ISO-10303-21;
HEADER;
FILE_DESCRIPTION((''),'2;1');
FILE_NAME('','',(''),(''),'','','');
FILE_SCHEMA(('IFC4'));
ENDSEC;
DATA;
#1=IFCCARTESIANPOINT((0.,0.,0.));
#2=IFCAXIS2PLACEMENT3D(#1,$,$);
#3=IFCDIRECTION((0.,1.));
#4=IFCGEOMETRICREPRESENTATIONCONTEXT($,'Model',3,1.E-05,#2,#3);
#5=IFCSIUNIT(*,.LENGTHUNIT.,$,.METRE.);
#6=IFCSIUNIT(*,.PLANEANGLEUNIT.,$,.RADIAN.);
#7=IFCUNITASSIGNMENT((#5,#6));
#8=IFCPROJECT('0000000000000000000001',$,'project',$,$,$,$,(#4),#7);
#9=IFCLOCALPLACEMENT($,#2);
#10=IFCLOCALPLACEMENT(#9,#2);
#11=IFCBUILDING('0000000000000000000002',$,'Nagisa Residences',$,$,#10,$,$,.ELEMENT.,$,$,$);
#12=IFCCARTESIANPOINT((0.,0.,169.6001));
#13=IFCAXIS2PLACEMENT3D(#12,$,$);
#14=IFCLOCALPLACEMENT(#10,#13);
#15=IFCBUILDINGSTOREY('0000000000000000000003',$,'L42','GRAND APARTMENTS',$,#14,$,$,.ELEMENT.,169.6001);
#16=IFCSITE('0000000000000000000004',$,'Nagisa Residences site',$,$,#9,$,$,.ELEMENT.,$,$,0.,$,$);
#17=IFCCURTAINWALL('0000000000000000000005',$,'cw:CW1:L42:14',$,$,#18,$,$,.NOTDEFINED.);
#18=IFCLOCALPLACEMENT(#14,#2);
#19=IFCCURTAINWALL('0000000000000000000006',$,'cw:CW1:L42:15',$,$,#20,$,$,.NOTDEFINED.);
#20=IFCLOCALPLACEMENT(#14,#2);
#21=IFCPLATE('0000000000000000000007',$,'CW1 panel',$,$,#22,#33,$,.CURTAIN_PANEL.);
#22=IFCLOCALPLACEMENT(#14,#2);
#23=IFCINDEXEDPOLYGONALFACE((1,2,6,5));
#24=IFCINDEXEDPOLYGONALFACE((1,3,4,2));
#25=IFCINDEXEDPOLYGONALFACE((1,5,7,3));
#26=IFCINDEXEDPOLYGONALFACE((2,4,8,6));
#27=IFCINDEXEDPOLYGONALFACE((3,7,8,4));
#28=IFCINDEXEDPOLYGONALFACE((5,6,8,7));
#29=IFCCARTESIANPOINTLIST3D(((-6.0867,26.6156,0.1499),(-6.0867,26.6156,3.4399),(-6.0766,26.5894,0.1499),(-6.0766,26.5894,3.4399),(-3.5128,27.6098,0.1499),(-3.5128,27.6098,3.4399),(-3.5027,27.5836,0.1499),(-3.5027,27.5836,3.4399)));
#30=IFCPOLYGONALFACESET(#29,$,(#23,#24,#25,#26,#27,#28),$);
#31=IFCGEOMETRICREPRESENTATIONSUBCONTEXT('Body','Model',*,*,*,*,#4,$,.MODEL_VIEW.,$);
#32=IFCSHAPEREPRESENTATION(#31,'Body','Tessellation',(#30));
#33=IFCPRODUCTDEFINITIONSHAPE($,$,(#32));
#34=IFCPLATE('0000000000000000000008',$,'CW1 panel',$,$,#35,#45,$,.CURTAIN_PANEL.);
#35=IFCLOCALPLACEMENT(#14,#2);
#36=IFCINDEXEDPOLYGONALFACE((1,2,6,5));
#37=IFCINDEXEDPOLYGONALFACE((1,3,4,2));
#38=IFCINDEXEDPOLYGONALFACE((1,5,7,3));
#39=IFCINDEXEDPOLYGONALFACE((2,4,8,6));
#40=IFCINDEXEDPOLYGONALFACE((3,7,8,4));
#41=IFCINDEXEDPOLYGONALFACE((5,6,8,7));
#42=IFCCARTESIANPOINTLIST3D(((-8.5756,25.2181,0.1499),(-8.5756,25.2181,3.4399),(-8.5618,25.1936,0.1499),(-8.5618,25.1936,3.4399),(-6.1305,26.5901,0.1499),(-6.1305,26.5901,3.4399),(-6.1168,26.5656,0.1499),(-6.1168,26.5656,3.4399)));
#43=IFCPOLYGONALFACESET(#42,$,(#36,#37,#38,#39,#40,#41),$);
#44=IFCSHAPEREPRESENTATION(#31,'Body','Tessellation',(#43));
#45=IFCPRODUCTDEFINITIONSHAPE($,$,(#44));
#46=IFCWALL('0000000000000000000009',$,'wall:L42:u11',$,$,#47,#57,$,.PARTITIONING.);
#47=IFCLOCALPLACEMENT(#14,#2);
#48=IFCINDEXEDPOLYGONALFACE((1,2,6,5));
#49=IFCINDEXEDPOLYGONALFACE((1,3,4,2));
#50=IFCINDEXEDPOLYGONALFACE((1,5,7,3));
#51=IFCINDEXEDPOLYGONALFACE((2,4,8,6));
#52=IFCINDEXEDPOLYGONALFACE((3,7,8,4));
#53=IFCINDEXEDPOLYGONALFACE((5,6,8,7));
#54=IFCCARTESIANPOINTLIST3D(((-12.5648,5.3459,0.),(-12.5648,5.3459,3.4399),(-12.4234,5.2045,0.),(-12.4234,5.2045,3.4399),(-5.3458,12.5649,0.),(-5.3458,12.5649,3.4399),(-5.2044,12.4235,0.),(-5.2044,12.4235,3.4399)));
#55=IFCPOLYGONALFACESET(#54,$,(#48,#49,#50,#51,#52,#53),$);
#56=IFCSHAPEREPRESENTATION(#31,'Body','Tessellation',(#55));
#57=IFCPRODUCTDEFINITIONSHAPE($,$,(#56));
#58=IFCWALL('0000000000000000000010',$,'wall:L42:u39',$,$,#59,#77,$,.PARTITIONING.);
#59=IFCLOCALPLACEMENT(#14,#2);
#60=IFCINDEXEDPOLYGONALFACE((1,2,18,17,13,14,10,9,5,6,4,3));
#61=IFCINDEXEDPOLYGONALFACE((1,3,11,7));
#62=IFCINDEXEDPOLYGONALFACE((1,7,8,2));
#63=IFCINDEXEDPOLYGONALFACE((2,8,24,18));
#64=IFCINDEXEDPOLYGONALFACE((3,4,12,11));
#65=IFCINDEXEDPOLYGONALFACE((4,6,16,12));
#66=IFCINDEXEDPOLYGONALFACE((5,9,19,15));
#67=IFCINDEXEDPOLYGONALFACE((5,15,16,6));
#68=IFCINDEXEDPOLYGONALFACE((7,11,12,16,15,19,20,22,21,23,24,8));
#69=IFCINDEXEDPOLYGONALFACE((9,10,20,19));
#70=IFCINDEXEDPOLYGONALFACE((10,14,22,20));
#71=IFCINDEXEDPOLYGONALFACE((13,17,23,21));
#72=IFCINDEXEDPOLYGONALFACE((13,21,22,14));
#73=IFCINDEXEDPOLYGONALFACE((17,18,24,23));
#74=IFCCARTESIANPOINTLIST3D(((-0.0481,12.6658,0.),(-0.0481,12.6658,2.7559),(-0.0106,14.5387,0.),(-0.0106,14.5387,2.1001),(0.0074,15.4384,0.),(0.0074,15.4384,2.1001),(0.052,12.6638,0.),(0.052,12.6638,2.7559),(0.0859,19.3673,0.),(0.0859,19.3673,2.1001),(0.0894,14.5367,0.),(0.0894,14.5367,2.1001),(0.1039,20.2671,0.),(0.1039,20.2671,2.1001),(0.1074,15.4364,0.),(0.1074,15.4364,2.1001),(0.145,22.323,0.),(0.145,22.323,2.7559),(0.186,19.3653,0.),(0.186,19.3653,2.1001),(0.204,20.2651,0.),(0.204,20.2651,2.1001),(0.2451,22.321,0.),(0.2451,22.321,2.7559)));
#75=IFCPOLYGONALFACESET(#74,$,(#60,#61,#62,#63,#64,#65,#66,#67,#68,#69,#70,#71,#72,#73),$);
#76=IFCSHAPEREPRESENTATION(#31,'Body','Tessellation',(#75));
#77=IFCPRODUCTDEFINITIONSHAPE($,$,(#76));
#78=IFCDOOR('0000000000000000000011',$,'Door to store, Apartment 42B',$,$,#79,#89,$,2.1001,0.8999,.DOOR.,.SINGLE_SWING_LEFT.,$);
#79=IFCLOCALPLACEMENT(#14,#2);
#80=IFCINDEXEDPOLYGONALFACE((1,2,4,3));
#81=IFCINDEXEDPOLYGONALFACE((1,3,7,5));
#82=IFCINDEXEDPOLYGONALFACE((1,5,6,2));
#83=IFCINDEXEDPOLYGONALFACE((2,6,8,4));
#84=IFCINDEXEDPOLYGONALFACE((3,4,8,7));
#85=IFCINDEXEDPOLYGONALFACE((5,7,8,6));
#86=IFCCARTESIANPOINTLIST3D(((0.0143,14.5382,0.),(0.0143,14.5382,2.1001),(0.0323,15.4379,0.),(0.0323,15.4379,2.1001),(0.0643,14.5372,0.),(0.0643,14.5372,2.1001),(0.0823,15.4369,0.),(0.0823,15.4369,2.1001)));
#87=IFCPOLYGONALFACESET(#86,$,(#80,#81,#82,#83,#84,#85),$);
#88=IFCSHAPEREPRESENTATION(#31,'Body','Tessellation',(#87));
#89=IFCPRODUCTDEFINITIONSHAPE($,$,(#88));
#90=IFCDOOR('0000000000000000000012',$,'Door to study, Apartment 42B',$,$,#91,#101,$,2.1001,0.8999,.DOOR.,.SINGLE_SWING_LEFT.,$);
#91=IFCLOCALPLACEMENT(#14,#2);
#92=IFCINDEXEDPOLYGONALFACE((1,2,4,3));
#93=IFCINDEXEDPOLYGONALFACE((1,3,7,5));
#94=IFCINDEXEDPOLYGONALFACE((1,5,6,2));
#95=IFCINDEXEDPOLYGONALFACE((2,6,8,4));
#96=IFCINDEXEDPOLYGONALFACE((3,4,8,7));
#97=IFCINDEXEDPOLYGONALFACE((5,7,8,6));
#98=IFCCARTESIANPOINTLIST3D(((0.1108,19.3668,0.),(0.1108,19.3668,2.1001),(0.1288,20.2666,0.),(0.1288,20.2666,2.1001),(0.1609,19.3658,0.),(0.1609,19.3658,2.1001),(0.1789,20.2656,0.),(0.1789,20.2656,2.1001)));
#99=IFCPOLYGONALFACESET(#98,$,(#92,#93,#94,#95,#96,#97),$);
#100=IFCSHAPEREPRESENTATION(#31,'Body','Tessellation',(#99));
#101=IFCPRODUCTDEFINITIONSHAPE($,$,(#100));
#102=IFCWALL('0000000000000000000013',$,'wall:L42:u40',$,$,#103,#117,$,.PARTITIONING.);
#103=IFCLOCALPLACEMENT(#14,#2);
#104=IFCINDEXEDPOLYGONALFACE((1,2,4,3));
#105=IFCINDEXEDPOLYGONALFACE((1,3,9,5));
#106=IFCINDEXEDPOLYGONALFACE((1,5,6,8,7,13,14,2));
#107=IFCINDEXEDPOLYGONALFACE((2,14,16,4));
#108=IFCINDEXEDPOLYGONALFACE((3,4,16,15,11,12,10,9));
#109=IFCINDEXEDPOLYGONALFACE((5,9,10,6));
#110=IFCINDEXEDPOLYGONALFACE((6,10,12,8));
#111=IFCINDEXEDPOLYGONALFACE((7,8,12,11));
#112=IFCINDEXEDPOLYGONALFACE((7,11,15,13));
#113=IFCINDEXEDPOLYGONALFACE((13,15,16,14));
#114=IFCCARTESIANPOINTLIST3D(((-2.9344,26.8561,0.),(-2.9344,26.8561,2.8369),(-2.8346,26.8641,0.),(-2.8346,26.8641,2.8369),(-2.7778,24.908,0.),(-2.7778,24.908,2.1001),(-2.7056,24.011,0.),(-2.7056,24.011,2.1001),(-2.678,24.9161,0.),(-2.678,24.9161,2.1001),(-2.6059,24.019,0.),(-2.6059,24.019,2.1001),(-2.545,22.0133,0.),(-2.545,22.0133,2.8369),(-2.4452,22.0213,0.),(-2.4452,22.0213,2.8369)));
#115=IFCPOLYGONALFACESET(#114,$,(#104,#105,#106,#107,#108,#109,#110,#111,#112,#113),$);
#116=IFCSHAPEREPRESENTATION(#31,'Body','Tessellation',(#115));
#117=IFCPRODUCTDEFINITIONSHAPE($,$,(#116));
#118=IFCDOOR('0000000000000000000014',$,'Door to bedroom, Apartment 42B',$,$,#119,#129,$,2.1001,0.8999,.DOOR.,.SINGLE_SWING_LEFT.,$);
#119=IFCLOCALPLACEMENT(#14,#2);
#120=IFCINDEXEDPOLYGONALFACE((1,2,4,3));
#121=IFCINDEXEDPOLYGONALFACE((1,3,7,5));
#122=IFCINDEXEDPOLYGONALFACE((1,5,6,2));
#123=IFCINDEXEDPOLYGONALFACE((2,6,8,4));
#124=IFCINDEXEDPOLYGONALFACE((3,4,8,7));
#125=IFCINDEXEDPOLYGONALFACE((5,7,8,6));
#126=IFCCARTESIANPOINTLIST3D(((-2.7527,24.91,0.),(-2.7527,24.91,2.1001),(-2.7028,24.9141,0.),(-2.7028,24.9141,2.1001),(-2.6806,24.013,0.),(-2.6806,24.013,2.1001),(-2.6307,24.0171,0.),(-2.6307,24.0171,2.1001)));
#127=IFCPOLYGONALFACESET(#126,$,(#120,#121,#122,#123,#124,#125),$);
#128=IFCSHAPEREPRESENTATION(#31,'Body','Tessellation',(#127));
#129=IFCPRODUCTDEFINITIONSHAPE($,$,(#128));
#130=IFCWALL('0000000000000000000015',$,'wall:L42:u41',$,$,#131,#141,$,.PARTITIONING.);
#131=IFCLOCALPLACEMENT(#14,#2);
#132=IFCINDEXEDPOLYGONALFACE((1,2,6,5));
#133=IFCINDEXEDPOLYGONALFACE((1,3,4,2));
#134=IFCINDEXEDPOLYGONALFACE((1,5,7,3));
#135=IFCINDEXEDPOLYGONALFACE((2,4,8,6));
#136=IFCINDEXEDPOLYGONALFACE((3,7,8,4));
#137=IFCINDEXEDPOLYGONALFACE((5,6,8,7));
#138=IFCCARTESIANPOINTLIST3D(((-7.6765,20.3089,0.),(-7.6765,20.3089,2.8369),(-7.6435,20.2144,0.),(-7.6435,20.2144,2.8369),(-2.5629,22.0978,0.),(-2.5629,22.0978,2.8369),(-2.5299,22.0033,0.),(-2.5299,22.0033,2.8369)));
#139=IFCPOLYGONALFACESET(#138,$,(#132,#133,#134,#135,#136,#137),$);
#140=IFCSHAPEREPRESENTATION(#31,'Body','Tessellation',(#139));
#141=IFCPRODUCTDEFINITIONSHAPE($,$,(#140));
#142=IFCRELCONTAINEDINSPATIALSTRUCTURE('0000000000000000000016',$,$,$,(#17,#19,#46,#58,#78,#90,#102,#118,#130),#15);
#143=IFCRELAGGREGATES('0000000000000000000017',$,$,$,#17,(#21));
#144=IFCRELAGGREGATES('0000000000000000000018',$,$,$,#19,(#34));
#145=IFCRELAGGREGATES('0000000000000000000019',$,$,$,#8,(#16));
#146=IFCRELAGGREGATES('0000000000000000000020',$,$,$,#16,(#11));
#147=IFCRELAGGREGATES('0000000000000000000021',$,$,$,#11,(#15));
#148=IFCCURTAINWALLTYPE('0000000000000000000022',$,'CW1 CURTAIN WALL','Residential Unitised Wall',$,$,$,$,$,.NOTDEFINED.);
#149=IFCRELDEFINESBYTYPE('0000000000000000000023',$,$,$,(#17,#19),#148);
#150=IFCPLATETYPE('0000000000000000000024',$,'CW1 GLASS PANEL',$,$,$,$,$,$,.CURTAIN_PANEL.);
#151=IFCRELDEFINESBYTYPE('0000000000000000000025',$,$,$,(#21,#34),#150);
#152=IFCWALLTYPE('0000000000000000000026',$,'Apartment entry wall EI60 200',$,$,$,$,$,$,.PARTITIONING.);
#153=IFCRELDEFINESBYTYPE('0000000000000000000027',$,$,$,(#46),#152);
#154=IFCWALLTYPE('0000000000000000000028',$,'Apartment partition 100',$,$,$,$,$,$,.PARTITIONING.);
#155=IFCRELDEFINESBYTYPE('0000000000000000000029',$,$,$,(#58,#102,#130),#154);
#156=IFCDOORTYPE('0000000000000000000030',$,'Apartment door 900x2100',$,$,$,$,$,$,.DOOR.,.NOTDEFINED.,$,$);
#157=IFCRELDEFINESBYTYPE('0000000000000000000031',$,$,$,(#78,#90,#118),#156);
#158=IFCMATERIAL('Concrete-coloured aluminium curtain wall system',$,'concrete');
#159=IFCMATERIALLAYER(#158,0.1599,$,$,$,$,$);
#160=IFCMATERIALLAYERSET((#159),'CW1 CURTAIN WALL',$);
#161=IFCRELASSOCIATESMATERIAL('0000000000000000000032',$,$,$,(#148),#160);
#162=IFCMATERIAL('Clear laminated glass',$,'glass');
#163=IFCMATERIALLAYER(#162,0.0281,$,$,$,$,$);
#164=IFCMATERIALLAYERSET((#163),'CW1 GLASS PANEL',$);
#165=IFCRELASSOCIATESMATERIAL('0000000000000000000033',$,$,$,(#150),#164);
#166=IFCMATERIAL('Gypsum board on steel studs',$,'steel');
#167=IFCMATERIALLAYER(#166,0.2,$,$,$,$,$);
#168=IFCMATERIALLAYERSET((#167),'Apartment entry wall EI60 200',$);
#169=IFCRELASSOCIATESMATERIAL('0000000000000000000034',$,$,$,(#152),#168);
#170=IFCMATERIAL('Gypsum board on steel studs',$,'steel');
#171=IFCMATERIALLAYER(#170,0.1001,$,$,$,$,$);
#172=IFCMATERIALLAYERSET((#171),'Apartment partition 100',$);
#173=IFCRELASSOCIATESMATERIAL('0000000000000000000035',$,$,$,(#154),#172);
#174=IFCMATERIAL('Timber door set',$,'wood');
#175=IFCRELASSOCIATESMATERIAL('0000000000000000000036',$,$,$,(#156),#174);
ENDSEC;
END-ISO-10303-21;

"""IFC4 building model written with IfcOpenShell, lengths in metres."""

from ifc_helpers import new_model, si_unit, direction, frame, frame_2d, origin, origin_2d, place, context, subcontext, project, spatial, rectangle, extrude, material, layer, layer_set, type_object, element, fill, aggregate, save


model = new_model("IFC4")

# Units and contexts
model_context = context("Model", 3, precision=1e-05, world=origin(), true_north=direction((0.0, 1.0)))
body_context = subcontext(model_context, "Body", "Model", "MODEL_VIEW")
ifc_project = project(units=[si_unit("LENGTHUNIT", "METRE"), si_unit("PLANEANGLEUNIT", "RADIAN")], contexts=[model_context])

# Site, building, storey
site_placement = place(None, origin())
site = spatial("IfcSite", under=ifc_project, at=site_placement, Name="Nagisa Residences site", CompositionType="ELEMENT", RefElevation=0.0)
building_placement = place(site_placement, origin())
building = spatial("IfcBuilding", under=site, at=building_placement, Name="Nagisa Residences", CompositionType="ELEMENT")
storey_placement = place(building_placement, frame((0.0, 0.0, 169.6001)))
storey = spatial("IfcBuildingStorey", under=building, at=storey_placement, Name="L42", Description="GRAND APARTMENTS", CompositionType="ELEMENT", Elevation=169.6001)

# Curtain walls
ifc_material_1 = material(Name="Concrete-coloured aluminium curtain wall system", Category="concrete")
ifc_layer_1 = layer(ifc_material_1, 0.1599)
ifc_layer_set_1 = layer_set([ifc_layer_1], Name="CW1 CURTAIN WALL")
curtain_wall_type = type_object("IfcCurtainWallType", Name="CW1 CURTAIN WALL", Description="Residential Unitised Wall", PredefinedType="NOTDEFINED", material=ifc_layer_set_1)
curtain_wall_1_placement = place(storey_placement, origin())
curtain_wall_1 = element("IfcCurtainWall", 1, at=curtain_wall_1_placement, inside=storey, type_object=curtain_wall_type, Name="cw:CW1:L42:14", PredefinedType="NOTDEFINED")
curtain_wall_2_placement = place(storey_placement, origin())
curtain_wall_2 = element("IfcCurtainWall", 2, at=curtain_wall_2_placement, inside=storey, type_object=curtain_wall_type, Name="cw:CW1:L42:15", PredefinedType="NOTDEFINED")

# Plates
ifc_material_2 = material(Name="Clear laminated glass", Category="glass")
ifc_layer_2 = layer(ifc_material_2, 0.0281)
ifc_layer_set_2 = layer_set([ifc_layer_2], Name="CW1 GLASS PANEL")
plate_type = type_object("IfcPlateType", Name="CW1 GLASS PANEL", PredefinedType="CURTAIN_PANEL", material=ifc_layer_set_2)
plate_1_placement = place(storey_placement, frame((-4.7947, 27.0996, 0.1499), z_axis=(0.0, 0.0, 1.0), x_axis=(-0.932826, -0.360328, 0.0)))
plate_1 = element("IfcPlate", 3, at=plate_1_placement, type_object=plate_type, Name="CW1 panel", PredefinedType="CURTAIN_PANEL", context=body_context, shape_type="SweptSolid", body=[
    extrude(rectangle(XDim=2.7593, YDim=0.0281, at=origin_2d()), origin(), (0.0, 0.0, 1.0), 3.29),
])
aggregate(curtain_wall_1, [plate_1])
plate_2_placement = place(storey_placement, frame((-7.3462, 25.8918, 0.1499), z_axis=(0.0, 0.0, 1.0), x_axis=(-0.872072, -0.489377, 0.0)))
plate_2 = element("IfcPlate", 4, at=plate_2_placement, type_object=plate_type, Name="CW1 panel", PredefinedType="CURTAIN_PANEL", context=body_context, shape_type="SweptSolid", body=[
    extrude(rectangle(XDim=2.8037, YDim=0.0281, at=origin_2d()), origin(), (0.0, 0.0, 1.0), 3.29),
])
aggregate(curtain_wall_2, [plate_2])

# Wall
ifc_material_3 = material(Name="Gypsum board on steel studs", Category="steel")
ifc_layer_3 = layer(ifc_material_3, 0.2)
ifc_layer_set_3 = layer_set([ifc_layer_3], Name="Apartment entry wall EI60 200")
wall_type_1 = type_object("IfcWallType", Name="Apartment entry wall EI60 200", PredefinedType="PARTITIONING", material=ifc_layer_set_3)
wall_1_placement = place(storey_placement, frame((-5.2751, 12.4941, 0.0), z_axis=(0.0, 0.0, 1.0), x_axis=(-0.707107, -0.707107, 0.0)))
element("IfcWall", 5, at=wall_1_placement, inside=storey, type_object=wall_type_1, Name="wall:L42:u11", PredefinedType="PARTITIONING", context=body_context, shape_type="SweptSolid", body=[
    extrude(rectangle(XDim=10.2092, YDim=0.2, at=frame_2d((5.1045, 0.0))), origin(), (0.0, 0.0, 1.0), 3.4399),
])

# Wall, openings, doors
ifc_material_4 = material(Name="Gypsum board on steel studs", Category="steel")
ifc_layer_4 = layer(ifc_material_4, 0.1001)
ifc_layer_set_4 = layer_set([ifc_layer_4], Name="Apartment partition 100")
wall_type_2 = type_object("IfcWallType", Name="Apartment partition 100", PredefinedType="PARTITIONING", material=ifc_layer_set_4)
wall_2_placement = place(storey_placement, frame((0.002, 12.6648, 0.0), z_axis=(0.0, 0.0, 1.0), x_axis=(0.019993, 0.9998, 0.0)))
wall_2 = element("IfcWall", 6, at=wall_2_placement, inside=storey, type_object=wall_type_2, Name="wall:L42:u39", PredefinedType="PARTITIONING", context=body_context, shape_type="SweptSolid", body=[
    extrude(rectangle(XDim=9.6592, YDim=0.1001, at=frame_2d((4.8296, 0.0))), origin(), (0.0, 0.0, 1.0), 2.7559),
])
opening_1_placement = place(wall_2_placement, frame((1.8733, 0.0, 0.0)))
opening_1 = element("IfcOpeningElement", 7, at=opening_1_placement, cuts=wall_2, PredefinedType="OPENING", context=body_context, shape_type="SweptSolid", body=[
    extrude(rectangle(XDim=0.8999, YDim=2.1001, at=frame_2d((0.45, 1.05))), frame((0.0, 0.0601, 0.0), z_axis=(0.0, -1.0, 0.0), x_axis=(1.0, 0.0, 0.0)), (0.0, 0.0, 1.0), 0.1201),
])
opening_2_placement = place(wall_2_placement, frame((6.7029, 0.0, 0.0)))
opening_2 = element("IfcOpeningElement", 8, at=opening_2_placement, cuts=wall_2, PredefinedType="OPENING", context=body_context, shape_type="SweptSolid", body=[
    extrude(rectangle(XDim=0.8999, YDim=2.1001, at=frame_2d((0.45, 1.05))), frame((0.0, 0.0601, 0.0), z_axis=(0.0, -1.0, 0.0), x_axis=(1.0, 0.0, 0.0)), (0.0, 0.0, 1.0), 0.1201),
])
ifc_material_5 = material(Name="Timber door set", Category="wood")
door_type_1 = type_object("IfcDoorType", Name="Apartment door 900x2100", OperationType="NOTDEFINED", PredefinedType="DOOR", material=ifc_material_5)
door_1_placement = place(opening_1_placement, frame((0.8999, 0.0, 0.0), x_axis=(-1.0, 0.0, 0.0)))
door_1 = element("IfcDoor", 9, at=door_1_placement, inside=storey, type_object=door_type_1, Name="Door to store, Apartment 42B", OperationType="SINGLE_SWING_LEFT", OverallHeight=2.1001, OverallWidth=0.8999, PredefinedType="DOOR", context=body_context, shape_type="SweptSolid", body=[
    extrude(rectangle(XDim=0.8999, YDim=2.1001, at=frame_2d((0.45, 1.05))), frame((0.0, 0.0249, 0.0), z_axis=(0.0, -1.0, 0.0), x_axis=(1.0, 0.0, 0.0)), (0.0, 0.0, 1.0), 0.05),
])
fill(opening_1, door_1)
door_2_placement = place(opening_2_placement, frame((0.8999, 0.0, 0.0), x_axis=(-1.0, 0.0, 0.0)))
door_2 = element("IfcDoor", 10, at=door_2_placement, inside=storey, type_object=door_type_1, Name="Door to study, Apartment 42B", OperationType="SINGLE_SWING_LEFT", OverallHeight=2.1001, OverallWidth=0.8999, PredefinedType="DOOR", context=body_context, shape_type="SweptSolid", body=[
    extrude(rectangle(XDim=0.8999, YDim=2.1001, at=frame_2d((0.45, 1.05))), frame((0.0, 0.0249, 0.0), z_axis=(0.0, -1.0, 0.0), x_axis=(1.0, 0.0, 0.0)), (0.0, 0.0, 1.0), 0.05),
])
fill(opening_2, door_2)

# Wall, opening, door
wall_3_placement = place(storey_placement, frame((-2.4951, 22.0173, 0.0), z_axis=(0.0, 0.0, 1.0), x_axis=(-0.080151, 0.996783, 0.0)))
wall_3 = element("IfcWall", 11, at=wall_3_placement, inside=storey, type_object=wall_type_2, Name="wall:L42:u40", PredefinedType="PARTITIONING", context=body_context, shape_type="SweptSolid", body=[
    extrude(rectangle(XDim=4.8584, YDim=0.1001, at=frame_2d((2.4292, 0.0))), origin(), (0.0, 0.0, 1.0), 2.8369),
])
opening_3_placement = place(wall_3_placement, frame((2.0042, 0.0, 0.0)))
opening_3 = element("IfcOpeningElement", 12, at=opening_3_placement, cuts=wall_3, PredefinedType="OPENING", context=body_context, shape_type="SweptSolid", body=[
    extrude(rectangle(XDim=0.8999, YDim=2.1001, at=frame_2d((0.45, 1.05))), frame((0.0, 0.0601, 0.0), z_axis=(0.0, -1.0, 0.0), x_axis=(1.0, 0.0, 0.0)), (0.0, 0.0, 1.0), 0.1201),
])
door_3_placement = place(opening_3_placement, origin())
door_3 = element("IfcDoor", 13, at=door_3_placement, inside=storey, type_object=door_type_1, Name="Door to bedroom, Apartment 42B", OperationType="SINGLE_SWING_LEFT", OverallHeight=2.1001, OverallWidth=0.8999, PredefinedType="DOOR", context=body_context, shape_type="SweptSolid", body=[
    extrude(rectangle(XDim=0.8999, YDim=2.1001, at=frame_2d((0.45, 1.05))), frame((0.0, 0.0249, 0.0), z_axis=(0.0, -1.0, 0.0), x_axis=(1.0, 0.0, 0.0)), (0.0, 0.0, 1.0), 0.05),
])
fill(opening_3, door_3)

# Wall
wall_4_placement = place(storey_placement, frame((-2.5464, 22.0505, 0.0), z_axis=(0.0, 0.0, 1.0), x_axis=(-0.943911, -0.3302, 0.0)))
element("IfcWall", 14, at=wall_4_placement, inside=storey, type_object=wall_type_2, Name="wall:L42:u41", PredefinedType="PARTITIONING", context=body_context, shape_type="SweptSolid", body=[
    extrude(rectangle(XDim=5.4175, YDim=0.1001, at=frame_2d((2.7087, 0.0))), origin(), (0.0, 0.0, 1.0), 2.8369),
])

save(model, "model.ifc")
